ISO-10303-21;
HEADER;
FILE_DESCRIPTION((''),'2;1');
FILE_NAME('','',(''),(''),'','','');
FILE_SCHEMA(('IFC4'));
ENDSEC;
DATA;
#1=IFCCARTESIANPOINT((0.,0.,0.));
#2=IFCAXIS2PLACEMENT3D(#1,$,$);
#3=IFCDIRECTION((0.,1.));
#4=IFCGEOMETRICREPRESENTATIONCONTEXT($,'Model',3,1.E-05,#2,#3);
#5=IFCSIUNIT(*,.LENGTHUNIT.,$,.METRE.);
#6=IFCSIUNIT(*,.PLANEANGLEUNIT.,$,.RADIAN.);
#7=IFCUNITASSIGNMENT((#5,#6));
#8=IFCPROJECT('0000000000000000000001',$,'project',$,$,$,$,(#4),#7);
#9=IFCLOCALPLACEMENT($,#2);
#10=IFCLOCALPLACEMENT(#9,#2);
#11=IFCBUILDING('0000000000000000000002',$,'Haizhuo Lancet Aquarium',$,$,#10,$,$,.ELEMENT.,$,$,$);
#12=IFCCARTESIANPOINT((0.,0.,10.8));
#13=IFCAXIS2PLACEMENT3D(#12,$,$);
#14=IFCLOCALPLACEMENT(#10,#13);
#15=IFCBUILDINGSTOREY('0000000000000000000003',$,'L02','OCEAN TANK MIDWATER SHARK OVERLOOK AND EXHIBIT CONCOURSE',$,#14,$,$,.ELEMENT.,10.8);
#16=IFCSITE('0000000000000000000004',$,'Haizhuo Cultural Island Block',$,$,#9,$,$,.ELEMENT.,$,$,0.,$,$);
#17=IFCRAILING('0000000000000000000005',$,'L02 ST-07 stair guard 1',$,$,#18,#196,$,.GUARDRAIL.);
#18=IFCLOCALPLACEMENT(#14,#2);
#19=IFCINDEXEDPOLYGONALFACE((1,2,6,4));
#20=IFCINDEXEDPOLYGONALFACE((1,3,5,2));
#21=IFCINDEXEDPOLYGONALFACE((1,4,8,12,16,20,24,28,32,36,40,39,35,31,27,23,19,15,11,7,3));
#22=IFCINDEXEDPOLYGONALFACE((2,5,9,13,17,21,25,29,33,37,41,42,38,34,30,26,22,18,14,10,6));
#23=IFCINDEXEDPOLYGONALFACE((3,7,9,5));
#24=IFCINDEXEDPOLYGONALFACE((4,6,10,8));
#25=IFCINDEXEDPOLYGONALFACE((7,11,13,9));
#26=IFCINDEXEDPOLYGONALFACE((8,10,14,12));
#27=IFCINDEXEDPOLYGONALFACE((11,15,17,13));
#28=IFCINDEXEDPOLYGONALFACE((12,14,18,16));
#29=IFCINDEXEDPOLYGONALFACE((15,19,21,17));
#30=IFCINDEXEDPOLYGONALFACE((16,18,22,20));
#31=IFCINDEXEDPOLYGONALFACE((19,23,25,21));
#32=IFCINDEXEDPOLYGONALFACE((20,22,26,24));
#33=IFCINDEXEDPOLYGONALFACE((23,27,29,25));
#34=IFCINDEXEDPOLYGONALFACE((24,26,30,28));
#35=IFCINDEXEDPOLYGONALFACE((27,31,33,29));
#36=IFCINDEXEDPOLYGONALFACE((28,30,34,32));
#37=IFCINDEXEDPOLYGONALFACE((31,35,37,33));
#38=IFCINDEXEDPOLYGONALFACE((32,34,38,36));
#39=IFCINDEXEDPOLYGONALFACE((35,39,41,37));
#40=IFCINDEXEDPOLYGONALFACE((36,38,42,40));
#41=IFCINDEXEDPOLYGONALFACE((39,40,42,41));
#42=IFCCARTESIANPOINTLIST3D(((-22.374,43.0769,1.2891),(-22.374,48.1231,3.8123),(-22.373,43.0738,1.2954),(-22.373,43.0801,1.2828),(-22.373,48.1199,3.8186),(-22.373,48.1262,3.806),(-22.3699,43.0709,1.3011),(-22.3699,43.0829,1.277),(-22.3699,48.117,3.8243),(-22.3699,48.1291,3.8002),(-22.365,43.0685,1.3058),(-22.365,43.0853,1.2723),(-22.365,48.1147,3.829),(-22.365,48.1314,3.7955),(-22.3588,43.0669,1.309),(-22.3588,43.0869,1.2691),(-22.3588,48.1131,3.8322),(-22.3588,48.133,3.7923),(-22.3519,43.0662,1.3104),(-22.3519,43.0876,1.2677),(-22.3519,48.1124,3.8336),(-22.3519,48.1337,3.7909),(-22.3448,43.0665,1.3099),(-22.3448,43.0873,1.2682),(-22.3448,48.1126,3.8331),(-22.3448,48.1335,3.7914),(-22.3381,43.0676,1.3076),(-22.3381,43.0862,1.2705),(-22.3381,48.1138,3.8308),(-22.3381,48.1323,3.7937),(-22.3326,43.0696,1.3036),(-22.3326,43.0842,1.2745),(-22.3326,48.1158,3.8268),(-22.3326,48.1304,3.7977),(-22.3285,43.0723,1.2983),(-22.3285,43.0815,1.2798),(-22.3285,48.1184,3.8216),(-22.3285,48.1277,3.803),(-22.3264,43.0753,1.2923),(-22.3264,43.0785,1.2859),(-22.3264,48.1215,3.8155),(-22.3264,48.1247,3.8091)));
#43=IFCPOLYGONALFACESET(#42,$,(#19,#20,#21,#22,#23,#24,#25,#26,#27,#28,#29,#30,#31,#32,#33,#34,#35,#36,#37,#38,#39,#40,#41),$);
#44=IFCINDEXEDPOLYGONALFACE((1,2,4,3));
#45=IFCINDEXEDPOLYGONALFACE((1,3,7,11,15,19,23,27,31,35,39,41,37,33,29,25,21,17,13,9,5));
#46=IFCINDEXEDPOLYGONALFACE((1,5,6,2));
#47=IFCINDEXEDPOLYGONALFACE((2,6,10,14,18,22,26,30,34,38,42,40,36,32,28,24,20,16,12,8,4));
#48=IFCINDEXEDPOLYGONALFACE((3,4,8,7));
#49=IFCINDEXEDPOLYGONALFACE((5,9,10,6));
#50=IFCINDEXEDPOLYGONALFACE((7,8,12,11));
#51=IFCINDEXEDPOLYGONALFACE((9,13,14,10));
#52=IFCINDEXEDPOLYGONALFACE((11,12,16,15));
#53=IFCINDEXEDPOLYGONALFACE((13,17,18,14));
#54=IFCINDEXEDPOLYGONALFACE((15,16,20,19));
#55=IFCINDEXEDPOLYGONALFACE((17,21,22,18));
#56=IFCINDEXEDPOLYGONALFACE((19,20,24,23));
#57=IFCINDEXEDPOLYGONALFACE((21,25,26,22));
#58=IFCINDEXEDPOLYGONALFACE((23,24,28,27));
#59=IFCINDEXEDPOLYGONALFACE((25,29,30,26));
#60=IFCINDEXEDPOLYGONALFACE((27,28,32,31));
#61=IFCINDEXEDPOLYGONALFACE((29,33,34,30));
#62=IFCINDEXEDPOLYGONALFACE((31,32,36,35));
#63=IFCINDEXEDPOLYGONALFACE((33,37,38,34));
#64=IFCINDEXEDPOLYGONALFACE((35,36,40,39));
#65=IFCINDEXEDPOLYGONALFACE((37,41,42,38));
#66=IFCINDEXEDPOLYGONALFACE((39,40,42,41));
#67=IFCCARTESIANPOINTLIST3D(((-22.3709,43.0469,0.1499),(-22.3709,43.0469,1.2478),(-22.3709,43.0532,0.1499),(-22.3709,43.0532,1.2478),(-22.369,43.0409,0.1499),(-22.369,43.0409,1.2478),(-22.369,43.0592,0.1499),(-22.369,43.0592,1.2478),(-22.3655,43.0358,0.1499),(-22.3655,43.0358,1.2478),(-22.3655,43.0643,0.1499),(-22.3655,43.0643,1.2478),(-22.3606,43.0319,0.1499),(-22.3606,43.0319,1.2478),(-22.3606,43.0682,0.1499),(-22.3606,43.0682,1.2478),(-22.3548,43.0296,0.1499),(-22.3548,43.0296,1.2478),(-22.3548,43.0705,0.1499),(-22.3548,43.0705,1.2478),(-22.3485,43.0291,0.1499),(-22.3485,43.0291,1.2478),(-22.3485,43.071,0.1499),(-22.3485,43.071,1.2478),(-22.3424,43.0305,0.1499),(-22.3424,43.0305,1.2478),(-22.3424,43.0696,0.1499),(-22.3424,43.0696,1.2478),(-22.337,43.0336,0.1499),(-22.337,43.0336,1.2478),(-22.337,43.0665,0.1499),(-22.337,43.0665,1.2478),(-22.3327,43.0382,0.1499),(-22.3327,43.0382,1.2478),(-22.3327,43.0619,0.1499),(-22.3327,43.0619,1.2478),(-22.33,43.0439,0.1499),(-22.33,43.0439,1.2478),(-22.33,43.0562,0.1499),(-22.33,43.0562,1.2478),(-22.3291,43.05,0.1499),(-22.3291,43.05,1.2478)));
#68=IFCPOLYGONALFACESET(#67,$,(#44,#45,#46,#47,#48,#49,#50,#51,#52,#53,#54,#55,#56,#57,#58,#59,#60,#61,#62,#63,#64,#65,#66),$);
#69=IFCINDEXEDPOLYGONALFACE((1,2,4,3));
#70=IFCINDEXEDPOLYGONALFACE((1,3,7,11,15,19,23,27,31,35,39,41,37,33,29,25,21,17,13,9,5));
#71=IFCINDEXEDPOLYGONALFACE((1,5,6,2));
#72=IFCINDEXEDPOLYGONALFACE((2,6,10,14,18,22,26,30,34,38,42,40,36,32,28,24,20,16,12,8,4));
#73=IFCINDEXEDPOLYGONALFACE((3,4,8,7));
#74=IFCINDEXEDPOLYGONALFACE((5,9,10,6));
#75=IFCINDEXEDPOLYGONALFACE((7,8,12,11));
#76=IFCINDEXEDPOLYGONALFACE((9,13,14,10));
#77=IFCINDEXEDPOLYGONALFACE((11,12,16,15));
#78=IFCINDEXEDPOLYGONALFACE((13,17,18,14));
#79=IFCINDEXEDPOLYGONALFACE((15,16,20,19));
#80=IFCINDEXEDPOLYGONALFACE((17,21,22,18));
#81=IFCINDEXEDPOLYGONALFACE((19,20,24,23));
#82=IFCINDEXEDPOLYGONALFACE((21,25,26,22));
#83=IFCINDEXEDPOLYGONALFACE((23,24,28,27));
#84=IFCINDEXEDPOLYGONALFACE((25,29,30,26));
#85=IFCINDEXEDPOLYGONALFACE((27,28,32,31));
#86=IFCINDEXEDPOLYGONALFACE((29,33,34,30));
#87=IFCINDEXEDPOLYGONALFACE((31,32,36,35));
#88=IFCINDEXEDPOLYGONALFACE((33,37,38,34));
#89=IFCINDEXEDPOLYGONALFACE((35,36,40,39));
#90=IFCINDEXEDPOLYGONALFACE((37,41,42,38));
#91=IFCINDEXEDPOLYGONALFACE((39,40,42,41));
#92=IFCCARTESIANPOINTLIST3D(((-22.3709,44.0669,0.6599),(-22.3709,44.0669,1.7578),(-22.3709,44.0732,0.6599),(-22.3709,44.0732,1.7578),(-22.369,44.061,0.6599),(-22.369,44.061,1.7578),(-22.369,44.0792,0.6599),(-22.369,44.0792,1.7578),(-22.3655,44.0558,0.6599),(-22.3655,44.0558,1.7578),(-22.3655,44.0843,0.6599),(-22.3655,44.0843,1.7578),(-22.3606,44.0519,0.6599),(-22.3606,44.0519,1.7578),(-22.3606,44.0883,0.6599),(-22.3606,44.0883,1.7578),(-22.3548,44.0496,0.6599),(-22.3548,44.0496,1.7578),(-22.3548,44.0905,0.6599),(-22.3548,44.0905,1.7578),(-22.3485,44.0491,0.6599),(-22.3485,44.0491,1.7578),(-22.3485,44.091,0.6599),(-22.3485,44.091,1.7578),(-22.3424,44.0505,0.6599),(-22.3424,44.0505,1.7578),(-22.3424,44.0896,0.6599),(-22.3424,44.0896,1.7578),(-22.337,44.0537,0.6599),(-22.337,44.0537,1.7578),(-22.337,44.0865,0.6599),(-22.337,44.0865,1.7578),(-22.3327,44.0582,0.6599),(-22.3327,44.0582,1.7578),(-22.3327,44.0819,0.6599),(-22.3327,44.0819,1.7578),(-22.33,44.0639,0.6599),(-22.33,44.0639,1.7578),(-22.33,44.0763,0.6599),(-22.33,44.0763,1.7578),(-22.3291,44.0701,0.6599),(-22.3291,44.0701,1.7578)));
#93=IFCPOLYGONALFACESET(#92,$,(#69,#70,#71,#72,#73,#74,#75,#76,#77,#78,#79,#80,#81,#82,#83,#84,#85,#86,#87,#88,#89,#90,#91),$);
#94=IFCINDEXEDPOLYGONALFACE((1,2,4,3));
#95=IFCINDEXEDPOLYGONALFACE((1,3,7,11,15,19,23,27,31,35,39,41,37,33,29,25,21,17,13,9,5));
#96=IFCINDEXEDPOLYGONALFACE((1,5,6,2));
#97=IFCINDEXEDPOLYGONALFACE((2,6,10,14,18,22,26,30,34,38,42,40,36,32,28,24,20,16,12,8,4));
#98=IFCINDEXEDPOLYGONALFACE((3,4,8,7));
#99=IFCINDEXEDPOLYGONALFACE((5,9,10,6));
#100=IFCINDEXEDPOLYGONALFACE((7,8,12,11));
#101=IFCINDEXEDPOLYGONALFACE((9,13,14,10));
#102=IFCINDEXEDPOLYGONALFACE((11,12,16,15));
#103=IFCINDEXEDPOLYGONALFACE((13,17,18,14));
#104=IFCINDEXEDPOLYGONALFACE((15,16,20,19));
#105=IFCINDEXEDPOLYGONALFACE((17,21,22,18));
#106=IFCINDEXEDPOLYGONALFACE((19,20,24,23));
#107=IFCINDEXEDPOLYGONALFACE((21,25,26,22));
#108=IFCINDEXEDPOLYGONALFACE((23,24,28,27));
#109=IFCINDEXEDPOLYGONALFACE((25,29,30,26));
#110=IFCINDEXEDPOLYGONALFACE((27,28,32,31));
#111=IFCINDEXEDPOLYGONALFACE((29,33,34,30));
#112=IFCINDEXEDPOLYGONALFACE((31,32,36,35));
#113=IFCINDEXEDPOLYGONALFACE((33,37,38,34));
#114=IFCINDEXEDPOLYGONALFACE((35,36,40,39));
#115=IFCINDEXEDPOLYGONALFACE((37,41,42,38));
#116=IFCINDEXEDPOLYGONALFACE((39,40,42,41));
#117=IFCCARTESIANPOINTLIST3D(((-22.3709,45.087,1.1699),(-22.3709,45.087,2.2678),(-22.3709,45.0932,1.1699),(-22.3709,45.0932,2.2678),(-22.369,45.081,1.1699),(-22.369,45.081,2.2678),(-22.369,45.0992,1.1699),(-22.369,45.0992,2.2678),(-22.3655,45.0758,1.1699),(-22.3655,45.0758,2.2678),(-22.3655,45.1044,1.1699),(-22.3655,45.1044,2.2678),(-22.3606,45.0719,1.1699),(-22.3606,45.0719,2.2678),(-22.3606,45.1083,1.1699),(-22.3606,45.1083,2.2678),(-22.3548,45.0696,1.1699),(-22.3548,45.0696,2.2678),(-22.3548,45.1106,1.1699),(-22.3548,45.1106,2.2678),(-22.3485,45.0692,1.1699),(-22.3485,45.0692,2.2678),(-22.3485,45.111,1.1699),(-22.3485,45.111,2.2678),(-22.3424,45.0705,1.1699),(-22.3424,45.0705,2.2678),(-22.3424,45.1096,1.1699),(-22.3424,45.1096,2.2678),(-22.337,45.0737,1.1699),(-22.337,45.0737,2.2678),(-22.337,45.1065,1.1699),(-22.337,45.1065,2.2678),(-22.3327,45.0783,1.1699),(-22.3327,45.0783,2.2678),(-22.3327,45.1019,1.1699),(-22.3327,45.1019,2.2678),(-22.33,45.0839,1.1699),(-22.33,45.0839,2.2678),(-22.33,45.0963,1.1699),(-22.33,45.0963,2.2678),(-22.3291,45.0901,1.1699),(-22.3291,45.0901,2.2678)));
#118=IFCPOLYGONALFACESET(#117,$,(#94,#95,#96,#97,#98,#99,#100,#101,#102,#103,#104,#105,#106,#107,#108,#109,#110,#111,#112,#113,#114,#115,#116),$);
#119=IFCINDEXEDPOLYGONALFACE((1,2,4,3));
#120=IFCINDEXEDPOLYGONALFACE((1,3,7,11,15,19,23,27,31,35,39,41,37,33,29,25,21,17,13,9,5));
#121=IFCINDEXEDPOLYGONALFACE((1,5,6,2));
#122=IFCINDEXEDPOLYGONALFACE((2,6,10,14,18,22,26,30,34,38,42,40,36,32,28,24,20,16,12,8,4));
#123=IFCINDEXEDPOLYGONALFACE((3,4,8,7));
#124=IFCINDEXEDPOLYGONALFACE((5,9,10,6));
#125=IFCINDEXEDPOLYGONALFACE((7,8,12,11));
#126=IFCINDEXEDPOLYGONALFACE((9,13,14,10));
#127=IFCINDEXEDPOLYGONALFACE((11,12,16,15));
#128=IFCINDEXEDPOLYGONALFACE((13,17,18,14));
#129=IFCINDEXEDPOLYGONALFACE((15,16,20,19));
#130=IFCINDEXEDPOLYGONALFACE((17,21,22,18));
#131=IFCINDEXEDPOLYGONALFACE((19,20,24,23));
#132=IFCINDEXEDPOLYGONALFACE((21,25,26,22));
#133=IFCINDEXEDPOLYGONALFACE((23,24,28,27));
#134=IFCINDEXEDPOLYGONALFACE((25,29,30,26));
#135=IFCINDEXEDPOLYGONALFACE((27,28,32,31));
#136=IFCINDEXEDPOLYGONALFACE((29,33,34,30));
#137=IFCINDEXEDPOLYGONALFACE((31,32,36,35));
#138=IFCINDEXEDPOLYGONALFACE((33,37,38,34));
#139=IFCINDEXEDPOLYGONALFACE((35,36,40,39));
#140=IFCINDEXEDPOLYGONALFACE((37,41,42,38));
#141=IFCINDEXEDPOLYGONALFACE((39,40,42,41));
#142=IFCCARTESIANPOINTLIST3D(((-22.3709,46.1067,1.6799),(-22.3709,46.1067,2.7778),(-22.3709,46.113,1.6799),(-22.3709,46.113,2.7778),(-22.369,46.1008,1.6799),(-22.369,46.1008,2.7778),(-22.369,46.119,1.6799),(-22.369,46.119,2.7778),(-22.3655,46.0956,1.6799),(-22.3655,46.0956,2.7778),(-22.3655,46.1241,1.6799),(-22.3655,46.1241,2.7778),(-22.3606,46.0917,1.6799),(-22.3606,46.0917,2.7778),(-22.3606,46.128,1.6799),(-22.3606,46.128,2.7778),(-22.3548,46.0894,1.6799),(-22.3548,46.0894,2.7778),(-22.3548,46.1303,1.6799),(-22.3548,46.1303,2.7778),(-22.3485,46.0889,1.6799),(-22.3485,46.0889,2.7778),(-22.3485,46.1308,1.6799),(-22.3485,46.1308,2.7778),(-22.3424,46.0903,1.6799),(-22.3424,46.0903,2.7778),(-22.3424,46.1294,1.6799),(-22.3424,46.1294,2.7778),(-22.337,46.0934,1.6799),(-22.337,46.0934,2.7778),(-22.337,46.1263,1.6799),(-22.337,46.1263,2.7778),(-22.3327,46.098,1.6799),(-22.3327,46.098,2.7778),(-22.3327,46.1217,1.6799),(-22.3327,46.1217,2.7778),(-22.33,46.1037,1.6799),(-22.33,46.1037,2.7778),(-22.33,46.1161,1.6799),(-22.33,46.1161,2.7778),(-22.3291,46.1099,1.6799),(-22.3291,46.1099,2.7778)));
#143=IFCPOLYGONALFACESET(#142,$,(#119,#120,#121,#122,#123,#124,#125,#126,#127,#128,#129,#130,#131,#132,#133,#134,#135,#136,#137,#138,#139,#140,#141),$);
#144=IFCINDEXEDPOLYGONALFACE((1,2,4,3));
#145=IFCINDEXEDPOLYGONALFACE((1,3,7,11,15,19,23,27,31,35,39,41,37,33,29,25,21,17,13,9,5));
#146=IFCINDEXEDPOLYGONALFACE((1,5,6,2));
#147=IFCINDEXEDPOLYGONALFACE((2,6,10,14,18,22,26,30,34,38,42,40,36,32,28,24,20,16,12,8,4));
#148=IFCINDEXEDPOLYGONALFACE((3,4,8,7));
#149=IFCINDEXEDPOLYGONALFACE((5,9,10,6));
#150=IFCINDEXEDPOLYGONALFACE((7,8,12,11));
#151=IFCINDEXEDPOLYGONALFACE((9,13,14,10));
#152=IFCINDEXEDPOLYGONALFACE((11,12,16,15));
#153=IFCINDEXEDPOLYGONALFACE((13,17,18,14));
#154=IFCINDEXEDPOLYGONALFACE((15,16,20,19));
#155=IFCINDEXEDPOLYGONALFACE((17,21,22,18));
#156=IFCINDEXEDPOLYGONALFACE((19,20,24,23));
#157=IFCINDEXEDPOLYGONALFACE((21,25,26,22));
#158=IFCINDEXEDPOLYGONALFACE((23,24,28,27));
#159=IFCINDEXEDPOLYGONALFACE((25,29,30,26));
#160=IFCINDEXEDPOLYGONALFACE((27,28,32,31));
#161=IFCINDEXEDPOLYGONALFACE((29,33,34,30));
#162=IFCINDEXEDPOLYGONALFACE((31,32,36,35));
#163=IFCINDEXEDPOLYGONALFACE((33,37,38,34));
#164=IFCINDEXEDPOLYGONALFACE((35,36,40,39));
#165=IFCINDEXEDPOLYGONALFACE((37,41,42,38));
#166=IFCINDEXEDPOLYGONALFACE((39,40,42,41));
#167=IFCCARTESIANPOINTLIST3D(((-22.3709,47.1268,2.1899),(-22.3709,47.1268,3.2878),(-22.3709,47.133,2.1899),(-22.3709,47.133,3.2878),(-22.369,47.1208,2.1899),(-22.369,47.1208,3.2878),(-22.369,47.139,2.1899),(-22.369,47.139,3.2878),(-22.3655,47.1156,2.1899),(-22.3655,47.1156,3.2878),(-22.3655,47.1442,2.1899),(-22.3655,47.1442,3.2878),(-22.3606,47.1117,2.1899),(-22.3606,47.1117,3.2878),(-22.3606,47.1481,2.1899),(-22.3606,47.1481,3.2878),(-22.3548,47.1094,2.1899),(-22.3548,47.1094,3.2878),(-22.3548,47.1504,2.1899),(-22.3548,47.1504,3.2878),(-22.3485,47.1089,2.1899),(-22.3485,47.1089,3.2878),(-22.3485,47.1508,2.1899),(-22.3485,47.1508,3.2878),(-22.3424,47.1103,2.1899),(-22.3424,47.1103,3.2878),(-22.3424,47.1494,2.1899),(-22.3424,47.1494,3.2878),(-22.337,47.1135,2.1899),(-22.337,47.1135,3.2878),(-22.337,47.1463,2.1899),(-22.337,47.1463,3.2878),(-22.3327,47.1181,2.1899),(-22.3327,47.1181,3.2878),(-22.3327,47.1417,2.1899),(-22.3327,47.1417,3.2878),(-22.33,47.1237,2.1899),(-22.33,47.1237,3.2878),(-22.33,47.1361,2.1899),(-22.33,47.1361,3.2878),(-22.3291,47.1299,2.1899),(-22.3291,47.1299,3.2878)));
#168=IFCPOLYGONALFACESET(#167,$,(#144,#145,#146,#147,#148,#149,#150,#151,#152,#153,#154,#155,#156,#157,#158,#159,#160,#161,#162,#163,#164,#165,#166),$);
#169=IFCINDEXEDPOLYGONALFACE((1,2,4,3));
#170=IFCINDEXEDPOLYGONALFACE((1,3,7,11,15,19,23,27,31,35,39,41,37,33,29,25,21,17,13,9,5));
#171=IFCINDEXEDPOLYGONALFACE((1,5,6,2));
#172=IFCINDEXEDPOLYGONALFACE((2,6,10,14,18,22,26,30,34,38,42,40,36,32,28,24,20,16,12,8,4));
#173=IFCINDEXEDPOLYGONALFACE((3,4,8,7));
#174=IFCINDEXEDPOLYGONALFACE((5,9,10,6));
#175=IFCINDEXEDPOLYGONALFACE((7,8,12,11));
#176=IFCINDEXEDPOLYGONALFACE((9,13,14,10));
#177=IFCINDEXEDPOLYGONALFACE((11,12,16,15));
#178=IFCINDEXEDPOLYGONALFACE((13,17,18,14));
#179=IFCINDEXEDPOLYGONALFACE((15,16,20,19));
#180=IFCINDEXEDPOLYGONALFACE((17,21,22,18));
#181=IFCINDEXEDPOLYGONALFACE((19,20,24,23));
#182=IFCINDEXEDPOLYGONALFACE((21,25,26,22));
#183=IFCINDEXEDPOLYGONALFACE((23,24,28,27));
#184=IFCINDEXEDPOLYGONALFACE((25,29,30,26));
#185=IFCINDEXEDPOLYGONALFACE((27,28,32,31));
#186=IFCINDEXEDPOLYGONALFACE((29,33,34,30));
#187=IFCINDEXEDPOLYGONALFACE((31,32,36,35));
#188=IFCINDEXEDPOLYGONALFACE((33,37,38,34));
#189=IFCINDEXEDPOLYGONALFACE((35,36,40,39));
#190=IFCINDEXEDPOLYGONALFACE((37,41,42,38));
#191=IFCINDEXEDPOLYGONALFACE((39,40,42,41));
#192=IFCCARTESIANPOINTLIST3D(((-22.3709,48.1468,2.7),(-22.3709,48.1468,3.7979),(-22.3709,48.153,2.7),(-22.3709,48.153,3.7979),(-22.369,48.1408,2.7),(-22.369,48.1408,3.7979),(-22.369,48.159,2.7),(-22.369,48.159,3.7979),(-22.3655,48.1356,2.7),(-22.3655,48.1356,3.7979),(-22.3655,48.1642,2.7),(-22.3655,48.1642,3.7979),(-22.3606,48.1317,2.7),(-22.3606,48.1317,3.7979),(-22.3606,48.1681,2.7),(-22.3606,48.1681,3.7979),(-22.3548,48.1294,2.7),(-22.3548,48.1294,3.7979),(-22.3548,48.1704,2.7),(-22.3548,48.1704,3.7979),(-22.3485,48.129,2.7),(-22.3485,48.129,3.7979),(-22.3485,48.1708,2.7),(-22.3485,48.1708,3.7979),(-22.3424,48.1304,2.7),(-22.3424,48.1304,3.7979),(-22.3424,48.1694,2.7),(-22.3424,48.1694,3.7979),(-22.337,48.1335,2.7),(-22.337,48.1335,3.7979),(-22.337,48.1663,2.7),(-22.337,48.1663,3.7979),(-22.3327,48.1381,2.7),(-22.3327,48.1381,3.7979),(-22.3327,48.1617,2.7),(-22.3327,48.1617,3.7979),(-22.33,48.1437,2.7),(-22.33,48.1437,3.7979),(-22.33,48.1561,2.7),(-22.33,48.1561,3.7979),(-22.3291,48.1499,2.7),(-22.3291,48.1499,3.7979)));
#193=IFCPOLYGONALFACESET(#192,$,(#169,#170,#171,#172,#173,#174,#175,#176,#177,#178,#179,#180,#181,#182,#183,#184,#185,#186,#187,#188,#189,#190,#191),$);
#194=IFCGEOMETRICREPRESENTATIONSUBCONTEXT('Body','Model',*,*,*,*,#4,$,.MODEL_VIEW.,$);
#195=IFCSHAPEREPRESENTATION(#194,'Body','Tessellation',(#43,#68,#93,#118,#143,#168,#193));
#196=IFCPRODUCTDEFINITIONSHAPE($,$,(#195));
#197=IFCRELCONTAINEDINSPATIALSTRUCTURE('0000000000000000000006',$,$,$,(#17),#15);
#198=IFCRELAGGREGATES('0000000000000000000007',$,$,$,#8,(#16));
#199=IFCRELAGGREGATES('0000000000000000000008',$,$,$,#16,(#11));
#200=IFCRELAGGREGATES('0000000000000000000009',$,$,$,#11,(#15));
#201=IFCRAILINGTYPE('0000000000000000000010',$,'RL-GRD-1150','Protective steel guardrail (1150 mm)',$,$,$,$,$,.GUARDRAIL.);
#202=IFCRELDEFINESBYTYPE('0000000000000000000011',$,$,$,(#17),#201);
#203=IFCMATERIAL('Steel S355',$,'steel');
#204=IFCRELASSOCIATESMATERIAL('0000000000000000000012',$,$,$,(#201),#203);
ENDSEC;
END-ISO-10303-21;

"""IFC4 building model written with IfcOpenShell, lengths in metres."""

from ifc_helpers import new_model, si_unit, direction, frame, origin, origin_2d, place, context, subcontext, project, spatial, circle, extrude, material, type_object, element, save


model = new_model("IFC4")

# Units and contexts
model_context = context("Model", 3, precision=1e-05, world=origin(), true_north=direction((0.0, 1.0)))
body_context = subcontext(model_context, "Body", "Model", "MODEL_VIEW")
ifc_project = project(units=[si_unit("LENGTHUNIT", "METRE"), si_unit("PLANEANGLEUNIT", "RADIAN")], contexts=[model_context])

# Site, building, storey
site_placement = place(None, origin())
site = spatial("IfcSite", under=ifc_project, at=site_placement, Name="Haizhuo Cultural Island Block", CompositionType="ELEMENT", RefElevation=0.0)
building_placement = place(site_placement, origin())
building = spatial("IfcBuilding", under=site, at=building_placement, Name="Haizhuo Lancet Aquarium", CompositionType="ELEMENT")
storey_placement = place(building_placement, frame((0.0, 0.0, 10.8)))
storey = spatial("IfcBuildingStorey", under=building, at=storey_placement, Name="L02", Description="OCEAN TANK MIDWATER SHARK OVERLOOK AND EXHIBIT CONCOURSE", CompositionType="ELEMENT", Elevation=10.8)

# Shared definitions
ifc_material_1 = material(Name="Steel S355", Category="steel")

# Railing
railing_type_1 = type_object("IfcRailingType", Name="RL-GRD-1150", Description="Protective steel guardrail (1150 mm)", PredefinedType="GUARDRAIL", material=ifc_material_1)
railing_1_placement = place(storey_placement, frame((-22.3501, 43.05, 0.1499)))
element("IfcRailing", 1, at=railing_1_placement, inside=storey, type_object=railing_type_1, Name="L02 ST-07 stair guard 1", PredefinedType="GUARDRAIL", context=body_context, shape_type="SweptSolid", body=[
    extrude(circle(Radius=0.0239, at=origin_2d()), frame((0.0, 0.0269, 1.1392), z_axis=(0.0, 0.894419, 0.447231), x_axis=(-1.0, 0.0, 0.0)), (0.0, 0.0, 1.0), 5.6418),
    extrude(circle(Radius=0.021, at=origin_2d()), origin(), (0.0, 0.0, 1.0), 1.0979),
    extrude(circle(Radius=0.021, at=origin_2d()), frame((0.0, 1.02, 0.51)), (0.0, 0.0, 1.0), 1.0979),
    extrude(circle(Radius=0.021, at=origin_2d()), frame((0.0, 2.04, 1.02)), (0.0, 0.0, 1.0), 1.0979),
    extrude(circle(Radius=0.021, at=origin_2d()), frame((0.0, 3.0598, 1.53)), (0.0, 0.0, 1.0), 1.0979),
    extrude(circle(Radius=0.021, at=origin_2d()), frame((0.0, 4.0798, 2.04)), (0.0, 0.0, 1.0), 1.0979),
    extrude(circle(Radius=0.021, at=origin_2d()), frame((0.0, 5.0999, 2.55)), (0.0, 0.0, 1.0), 1.0979),
])

save(model, "model.ifc")
